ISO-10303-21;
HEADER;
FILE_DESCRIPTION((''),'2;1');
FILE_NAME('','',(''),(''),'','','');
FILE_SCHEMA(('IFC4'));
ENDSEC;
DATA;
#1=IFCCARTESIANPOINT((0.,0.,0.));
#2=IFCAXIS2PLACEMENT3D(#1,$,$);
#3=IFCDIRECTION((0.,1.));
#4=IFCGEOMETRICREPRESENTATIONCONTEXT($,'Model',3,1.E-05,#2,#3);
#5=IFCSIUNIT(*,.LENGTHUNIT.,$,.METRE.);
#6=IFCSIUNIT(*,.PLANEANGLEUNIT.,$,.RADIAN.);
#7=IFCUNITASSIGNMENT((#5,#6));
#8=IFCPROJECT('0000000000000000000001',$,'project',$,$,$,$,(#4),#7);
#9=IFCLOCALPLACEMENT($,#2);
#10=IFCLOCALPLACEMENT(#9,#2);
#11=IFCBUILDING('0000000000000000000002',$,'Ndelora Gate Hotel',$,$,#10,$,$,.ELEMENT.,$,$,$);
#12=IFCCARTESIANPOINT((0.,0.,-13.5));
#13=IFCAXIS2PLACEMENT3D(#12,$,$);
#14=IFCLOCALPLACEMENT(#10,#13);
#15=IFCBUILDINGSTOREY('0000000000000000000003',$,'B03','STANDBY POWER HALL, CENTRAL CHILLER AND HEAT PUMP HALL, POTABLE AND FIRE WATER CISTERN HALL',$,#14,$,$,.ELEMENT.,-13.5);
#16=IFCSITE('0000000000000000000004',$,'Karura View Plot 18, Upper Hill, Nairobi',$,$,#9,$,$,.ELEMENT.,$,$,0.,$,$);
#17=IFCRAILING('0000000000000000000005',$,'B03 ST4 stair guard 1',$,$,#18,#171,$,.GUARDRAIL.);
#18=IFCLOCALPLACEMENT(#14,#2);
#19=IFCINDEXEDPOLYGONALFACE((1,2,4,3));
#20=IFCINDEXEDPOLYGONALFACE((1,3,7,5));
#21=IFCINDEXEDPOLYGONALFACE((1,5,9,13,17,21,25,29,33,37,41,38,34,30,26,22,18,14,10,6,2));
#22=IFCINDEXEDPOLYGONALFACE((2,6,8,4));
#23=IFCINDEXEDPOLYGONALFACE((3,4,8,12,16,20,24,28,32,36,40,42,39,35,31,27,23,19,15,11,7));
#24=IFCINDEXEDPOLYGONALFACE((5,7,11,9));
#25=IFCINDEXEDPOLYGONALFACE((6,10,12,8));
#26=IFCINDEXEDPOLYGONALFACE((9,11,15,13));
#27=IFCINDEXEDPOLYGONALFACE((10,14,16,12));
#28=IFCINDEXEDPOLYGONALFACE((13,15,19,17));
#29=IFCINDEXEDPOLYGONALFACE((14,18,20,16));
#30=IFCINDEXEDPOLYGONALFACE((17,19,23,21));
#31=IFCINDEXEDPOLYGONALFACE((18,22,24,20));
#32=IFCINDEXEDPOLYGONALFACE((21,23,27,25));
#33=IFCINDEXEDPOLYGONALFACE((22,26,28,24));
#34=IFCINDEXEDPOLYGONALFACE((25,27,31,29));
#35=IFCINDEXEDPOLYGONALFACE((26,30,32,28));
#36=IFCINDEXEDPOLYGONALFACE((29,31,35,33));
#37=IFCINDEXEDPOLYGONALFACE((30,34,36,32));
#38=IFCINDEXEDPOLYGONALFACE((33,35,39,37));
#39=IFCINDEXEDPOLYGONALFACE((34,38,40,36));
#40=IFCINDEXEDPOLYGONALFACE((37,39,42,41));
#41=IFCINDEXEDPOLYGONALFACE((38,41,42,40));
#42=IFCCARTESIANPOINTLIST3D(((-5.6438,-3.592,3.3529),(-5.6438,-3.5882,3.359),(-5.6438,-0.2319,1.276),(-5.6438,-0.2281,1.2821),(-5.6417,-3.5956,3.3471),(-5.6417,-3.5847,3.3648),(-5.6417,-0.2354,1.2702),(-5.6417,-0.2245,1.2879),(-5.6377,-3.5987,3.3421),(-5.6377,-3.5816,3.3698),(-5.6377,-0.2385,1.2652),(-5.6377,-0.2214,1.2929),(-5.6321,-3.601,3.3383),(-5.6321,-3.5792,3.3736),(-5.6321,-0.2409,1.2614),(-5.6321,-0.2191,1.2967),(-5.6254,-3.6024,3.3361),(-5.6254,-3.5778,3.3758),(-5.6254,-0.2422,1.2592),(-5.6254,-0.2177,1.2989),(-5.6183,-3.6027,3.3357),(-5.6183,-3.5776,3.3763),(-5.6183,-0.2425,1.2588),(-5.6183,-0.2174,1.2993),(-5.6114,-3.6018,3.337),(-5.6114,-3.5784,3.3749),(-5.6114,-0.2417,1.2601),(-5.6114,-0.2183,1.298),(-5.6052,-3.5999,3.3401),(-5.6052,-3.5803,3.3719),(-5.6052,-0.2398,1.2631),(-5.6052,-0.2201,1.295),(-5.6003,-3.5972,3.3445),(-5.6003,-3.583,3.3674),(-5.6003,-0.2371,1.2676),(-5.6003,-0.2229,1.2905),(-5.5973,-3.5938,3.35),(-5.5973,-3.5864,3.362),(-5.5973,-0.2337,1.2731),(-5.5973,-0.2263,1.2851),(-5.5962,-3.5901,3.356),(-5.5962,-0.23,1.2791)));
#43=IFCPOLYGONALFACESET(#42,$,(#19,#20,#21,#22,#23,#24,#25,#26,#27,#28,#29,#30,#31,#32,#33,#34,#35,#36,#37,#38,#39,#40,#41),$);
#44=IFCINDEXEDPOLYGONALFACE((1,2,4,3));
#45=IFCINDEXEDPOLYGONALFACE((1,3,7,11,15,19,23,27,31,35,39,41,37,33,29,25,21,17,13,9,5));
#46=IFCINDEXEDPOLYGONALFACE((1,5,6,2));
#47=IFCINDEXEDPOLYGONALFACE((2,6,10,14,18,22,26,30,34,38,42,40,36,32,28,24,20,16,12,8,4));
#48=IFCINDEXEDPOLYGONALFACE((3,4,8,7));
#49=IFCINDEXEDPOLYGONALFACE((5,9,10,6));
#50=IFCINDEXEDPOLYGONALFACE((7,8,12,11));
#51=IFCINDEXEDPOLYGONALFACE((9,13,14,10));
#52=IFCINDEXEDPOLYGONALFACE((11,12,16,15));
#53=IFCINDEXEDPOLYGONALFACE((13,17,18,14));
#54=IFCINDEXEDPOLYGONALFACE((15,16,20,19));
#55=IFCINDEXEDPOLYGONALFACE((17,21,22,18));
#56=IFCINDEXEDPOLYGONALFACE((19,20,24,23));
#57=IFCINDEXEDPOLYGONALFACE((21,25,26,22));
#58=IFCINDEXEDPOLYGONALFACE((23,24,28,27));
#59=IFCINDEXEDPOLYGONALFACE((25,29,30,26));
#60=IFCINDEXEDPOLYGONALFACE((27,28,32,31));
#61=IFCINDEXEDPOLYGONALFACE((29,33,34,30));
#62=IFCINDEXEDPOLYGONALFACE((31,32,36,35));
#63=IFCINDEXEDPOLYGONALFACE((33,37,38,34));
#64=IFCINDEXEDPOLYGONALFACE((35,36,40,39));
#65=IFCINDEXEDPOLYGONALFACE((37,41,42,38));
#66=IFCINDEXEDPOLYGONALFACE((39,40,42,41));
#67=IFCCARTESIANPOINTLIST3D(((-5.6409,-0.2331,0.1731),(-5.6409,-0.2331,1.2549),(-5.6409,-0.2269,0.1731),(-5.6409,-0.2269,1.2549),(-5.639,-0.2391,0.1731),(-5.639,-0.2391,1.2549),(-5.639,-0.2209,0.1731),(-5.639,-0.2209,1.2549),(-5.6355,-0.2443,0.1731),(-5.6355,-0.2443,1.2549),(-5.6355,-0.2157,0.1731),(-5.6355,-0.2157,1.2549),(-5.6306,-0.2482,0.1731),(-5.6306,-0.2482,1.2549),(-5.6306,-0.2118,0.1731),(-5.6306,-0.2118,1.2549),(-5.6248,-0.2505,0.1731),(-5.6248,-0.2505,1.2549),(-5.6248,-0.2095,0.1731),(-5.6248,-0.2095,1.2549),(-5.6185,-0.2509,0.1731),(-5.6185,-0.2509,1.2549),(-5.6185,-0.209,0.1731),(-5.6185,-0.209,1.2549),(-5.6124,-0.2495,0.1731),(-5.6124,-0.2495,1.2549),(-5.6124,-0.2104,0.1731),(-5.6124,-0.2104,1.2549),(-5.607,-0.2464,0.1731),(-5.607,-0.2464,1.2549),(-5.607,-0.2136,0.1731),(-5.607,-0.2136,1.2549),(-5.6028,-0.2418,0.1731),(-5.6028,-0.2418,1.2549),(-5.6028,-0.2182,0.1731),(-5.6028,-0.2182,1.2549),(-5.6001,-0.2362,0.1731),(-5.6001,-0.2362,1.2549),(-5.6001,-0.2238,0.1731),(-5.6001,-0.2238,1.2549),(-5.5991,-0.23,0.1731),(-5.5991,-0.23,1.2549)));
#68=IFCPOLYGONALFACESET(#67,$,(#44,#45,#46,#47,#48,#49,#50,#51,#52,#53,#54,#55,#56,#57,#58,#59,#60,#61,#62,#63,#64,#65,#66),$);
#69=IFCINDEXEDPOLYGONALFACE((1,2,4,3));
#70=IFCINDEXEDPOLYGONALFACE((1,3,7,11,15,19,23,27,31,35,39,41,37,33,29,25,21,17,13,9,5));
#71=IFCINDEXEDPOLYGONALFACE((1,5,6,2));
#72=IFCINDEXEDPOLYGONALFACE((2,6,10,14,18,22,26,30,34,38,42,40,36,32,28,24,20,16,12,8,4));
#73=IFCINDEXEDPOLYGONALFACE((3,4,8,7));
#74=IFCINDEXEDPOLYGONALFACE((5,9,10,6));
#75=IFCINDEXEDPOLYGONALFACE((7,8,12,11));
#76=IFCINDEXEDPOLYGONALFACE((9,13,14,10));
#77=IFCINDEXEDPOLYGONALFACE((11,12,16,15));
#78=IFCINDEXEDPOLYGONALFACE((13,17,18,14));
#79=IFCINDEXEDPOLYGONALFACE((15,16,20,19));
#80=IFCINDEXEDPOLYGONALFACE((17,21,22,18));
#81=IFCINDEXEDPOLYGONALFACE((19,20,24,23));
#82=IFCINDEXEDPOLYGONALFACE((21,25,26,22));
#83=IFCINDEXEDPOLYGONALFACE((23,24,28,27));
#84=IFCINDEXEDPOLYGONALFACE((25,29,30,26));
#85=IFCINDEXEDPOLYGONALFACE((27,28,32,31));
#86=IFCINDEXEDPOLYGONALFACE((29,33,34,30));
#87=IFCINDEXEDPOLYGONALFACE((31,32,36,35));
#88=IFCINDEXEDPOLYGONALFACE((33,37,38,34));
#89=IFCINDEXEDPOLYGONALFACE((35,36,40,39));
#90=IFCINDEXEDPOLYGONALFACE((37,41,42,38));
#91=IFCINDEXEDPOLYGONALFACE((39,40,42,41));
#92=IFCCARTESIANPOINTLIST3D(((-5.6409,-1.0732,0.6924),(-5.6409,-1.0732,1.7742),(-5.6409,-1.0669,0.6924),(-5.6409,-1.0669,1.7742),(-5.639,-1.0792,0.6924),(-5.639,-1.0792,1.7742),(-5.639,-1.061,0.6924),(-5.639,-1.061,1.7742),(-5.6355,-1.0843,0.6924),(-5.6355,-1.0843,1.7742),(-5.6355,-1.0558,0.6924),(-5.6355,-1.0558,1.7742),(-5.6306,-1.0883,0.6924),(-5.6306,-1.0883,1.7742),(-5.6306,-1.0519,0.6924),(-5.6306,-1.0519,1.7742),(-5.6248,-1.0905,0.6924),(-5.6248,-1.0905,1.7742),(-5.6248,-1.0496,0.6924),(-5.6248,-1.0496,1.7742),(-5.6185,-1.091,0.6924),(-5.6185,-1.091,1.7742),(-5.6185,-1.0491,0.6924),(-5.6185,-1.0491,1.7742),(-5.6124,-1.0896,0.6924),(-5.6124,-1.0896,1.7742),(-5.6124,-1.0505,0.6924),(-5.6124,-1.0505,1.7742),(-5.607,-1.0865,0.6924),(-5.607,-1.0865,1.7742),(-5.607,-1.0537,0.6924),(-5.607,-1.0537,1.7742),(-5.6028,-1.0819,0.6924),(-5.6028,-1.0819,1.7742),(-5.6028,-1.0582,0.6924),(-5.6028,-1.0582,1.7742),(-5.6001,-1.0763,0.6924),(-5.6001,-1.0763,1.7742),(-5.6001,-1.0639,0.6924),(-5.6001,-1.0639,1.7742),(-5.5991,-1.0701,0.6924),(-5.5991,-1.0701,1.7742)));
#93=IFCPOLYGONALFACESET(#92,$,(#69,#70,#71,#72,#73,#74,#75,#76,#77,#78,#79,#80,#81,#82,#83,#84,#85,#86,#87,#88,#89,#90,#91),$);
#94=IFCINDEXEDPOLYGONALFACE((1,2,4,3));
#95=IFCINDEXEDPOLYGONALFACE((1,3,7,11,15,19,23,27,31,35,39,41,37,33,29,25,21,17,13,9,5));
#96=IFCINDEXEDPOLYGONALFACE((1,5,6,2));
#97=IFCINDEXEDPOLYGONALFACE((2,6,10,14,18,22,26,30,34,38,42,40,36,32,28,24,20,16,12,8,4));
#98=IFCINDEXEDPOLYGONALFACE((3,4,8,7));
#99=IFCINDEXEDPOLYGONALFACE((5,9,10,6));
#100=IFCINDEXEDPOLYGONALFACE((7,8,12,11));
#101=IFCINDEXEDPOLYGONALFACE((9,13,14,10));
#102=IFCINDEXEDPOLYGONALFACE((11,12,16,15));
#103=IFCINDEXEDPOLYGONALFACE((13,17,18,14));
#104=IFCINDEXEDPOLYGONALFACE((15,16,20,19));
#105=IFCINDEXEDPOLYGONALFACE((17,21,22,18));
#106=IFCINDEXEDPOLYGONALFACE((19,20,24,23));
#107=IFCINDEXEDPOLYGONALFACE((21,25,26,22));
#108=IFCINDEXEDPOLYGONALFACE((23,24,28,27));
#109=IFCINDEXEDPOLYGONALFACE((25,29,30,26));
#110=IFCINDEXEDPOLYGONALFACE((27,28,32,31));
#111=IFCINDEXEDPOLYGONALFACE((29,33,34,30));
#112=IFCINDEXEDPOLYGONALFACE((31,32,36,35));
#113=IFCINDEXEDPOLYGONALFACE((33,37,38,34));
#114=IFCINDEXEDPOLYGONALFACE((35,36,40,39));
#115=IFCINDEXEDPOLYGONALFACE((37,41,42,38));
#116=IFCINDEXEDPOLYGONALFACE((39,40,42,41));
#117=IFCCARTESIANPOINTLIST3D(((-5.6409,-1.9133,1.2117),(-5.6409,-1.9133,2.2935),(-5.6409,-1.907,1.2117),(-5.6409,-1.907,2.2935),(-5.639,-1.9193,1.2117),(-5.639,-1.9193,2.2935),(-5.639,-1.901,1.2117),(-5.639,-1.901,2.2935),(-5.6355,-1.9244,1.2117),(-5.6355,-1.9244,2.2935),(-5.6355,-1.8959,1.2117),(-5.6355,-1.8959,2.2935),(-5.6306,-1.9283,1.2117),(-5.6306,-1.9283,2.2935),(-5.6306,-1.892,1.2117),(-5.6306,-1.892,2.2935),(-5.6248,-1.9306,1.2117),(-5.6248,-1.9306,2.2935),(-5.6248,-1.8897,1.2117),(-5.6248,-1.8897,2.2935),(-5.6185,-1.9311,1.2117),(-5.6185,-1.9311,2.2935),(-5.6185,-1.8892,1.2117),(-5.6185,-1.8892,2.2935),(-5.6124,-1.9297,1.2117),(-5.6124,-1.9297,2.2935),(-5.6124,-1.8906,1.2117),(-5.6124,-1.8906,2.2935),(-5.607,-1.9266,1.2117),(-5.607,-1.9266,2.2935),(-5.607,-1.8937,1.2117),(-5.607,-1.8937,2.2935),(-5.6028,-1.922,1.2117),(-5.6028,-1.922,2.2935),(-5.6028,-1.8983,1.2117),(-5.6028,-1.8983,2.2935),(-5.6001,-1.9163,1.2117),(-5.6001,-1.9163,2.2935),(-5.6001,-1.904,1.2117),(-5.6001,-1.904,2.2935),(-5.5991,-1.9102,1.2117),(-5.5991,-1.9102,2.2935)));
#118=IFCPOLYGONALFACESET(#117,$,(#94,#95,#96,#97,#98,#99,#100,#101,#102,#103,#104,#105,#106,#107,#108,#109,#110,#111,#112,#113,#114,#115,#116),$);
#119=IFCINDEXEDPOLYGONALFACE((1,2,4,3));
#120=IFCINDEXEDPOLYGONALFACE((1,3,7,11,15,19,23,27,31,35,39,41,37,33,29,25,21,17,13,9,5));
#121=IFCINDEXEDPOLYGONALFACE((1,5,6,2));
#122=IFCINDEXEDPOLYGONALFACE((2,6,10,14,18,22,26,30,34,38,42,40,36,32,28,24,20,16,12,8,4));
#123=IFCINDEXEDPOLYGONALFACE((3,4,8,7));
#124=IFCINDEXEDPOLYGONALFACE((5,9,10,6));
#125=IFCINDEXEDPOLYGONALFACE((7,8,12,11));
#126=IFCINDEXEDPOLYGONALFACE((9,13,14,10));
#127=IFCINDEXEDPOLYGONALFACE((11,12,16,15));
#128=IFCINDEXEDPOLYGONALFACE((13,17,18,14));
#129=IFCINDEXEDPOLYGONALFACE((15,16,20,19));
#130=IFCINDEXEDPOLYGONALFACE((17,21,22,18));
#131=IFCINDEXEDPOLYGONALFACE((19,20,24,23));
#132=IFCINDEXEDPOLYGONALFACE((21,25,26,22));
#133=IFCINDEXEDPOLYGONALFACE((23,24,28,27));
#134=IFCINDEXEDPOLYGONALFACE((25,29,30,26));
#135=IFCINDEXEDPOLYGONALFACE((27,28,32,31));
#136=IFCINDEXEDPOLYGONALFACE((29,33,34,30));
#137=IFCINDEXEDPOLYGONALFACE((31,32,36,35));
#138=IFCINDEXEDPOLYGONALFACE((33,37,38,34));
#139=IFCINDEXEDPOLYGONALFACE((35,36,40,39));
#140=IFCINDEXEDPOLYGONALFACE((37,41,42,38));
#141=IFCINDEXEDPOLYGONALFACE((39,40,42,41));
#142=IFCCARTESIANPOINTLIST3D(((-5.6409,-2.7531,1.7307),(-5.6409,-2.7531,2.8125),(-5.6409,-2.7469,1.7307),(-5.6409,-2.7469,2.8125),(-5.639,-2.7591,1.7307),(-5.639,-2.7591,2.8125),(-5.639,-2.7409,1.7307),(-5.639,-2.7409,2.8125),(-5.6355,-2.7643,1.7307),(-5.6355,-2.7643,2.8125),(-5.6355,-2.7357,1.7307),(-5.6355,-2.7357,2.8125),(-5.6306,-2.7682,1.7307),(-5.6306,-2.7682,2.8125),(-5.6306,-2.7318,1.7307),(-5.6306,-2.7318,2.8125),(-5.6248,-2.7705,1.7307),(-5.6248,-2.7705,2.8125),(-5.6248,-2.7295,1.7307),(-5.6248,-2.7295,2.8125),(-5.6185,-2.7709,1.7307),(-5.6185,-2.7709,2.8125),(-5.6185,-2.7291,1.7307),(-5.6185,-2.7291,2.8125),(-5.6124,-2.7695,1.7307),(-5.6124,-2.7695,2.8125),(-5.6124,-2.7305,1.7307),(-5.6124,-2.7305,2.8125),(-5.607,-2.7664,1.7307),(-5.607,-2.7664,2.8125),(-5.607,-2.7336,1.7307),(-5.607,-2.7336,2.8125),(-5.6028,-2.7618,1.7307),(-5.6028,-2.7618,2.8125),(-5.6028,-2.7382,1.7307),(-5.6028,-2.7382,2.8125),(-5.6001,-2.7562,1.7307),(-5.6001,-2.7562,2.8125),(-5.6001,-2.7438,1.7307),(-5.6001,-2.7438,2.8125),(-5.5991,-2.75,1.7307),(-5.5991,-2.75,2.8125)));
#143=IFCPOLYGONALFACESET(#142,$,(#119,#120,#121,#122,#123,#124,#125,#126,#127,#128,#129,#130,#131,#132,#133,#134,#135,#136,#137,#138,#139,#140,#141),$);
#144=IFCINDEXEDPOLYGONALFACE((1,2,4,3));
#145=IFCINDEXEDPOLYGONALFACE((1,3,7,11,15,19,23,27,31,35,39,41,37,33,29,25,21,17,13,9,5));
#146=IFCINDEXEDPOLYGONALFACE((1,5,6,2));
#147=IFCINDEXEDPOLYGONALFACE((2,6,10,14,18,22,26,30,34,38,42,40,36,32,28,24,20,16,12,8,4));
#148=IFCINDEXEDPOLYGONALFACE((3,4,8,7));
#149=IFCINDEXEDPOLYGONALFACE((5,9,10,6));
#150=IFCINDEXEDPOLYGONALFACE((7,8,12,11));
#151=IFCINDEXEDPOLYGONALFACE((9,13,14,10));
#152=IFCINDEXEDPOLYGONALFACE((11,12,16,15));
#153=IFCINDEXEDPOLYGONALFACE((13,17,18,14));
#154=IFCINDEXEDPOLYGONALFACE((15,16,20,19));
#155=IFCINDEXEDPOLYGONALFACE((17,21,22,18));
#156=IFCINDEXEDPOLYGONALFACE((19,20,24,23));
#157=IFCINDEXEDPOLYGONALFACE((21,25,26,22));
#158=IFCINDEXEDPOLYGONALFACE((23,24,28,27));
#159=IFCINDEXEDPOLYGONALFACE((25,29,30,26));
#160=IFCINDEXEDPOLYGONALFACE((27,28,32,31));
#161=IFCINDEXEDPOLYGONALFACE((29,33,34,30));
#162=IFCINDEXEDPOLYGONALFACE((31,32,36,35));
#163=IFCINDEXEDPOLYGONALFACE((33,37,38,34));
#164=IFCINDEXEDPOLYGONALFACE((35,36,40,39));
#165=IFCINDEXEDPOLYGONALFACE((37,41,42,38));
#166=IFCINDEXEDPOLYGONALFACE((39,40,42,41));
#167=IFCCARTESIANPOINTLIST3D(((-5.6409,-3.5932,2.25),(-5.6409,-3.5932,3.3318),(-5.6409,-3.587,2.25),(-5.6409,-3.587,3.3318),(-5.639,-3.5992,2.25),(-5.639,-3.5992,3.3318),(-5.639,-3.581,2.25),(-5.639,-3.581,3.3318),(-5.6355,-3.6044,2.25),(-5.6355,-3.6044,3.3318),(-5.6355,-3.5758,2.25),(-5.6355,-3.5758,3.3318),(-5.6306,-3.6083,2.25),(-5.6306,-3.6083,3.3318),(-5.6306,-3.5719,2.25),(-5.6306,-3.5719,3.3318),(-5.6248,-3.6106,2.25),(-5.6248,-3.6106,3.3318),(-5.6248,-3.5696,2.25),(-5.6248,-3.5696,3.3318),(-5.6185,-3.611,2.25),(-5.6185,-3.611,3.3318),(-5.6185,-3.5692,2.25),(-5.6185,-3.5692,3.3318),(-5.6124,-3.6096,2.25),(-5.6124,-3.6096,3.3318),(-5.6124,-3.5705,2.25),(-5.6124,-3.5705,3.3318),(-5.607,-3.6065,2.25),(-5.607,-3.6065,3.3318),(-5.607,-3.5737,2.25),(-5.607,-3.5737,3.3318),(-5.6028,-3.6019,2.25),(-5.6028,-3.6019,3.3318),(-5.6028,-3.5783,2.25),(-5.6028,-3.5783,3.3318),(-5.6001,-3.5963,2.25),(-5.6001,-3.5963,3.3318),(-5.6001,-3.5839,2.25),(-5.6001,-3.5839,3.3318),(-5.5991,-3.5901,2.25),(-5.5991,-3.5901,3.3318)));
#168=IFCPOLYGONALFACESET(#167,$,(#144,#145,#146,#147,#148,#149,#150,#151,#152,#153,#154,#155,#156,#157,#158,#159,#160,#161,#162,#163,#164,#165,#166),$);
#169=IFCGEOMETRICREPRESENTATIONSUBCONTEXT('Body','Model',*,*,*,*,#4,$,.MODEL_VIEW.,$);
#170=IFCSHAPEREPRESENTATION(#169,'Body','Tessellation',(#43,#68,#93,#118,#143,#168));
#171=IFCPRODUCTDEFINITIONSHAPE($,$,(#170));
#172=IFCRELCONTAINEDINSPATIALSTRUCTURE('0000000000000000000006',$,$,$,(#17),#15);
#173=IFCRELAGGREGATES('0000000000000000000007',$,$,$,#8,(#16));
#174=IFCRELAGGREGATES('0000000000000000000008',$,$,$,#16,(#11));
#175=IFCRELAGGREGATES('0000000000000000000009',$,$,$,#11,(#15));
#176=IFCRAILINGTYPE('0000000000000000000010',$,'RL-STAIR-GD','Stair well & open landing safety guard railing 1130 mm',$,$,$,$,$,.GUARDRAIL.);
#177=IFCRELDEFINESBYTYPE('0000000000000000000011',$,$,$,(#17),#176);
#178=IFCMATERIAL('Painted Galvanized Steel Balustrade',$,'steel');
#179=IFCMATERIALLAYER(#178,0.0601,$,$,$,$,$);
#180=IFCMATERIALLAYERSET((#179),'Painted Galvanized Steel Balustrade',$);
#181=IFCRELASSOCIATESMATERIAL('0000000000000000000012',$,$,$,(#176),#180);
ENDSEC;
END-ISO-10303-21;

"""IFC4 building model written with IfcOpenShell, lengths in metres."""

from ifc_helpers import new_model, si_unit, direction, frame, origin, origin_2d, place, context, subcontext, project, spatial, circle, extrude, material, layer, layer_set, type_object, element, save


model = new_model("IFC4")

# Units and contexts
model_context = context("Model", 3, precision=1e-05, world=origin(), true_north=direction((0.0, 1.0)))
body_context = subcontext(model_context, "Body", "Model", "MODEL_VIEW")
ifc_project = project(units=[si_unit("LENGTHUNIT", "METRE"), si_unit("PLANEANGLEUNIT", "RADIAN")], contexts=[model_context])

# Site, building, storey
site_placement = place(None, origin())
site = spatial("IfcSite", under=ifc_project, at=site_placement, Name="Karura View Plot 18, Upper Hill, Nairobi", CompositionType="ELEMENT", RefElevation=0.0)
building_placement = place(site_placement, origin())
building = spatial("IfcBuilding", under=site, at=building_placement, Name="Ndelora Gate Hotel", CompositionType="ELEMENT")
storey_placement = place(building_placement, frame((0.0, 0.0, -13.5)))
storey = spatial("IfcBuildingStorey", under=building, at=storey_placement, Name="B03", Description="STANDBY POWER HALL, CENTRAL CHILLER AND HEAT PUMP HALL, POTABLE AND FIRE WATER CISTERN HALL", CompositionType="ELEMENT", Elevation=-13.5)

# Railing
ifc_material_1 = material(Name="Painted Galvanized Steel Balustrade", Category="steel")
ifc_layer_1 = layer(ifc_material_1, 0.0601)
ifc_layer_set_1 = layer_set([ifc_layer_1], Name="Painted Galvanized Steel Balustrade")
railing_type_1 = type_object("IfcRailingType", Name="RL-STAIR-GD", Description="Stair well & open landing safety guard railing 1130 mm", PredefinedType="GUARDRAIL", material=ifc_layer_set_1)
railing_1_placement = place(storey_placement, frame((-5.6201, -0.23, 0.1731)))
element("IfcRailing", 1, at=railing_1_placement, inside=storey, type_object=railing_type_1, Name="B03 ST4 stair guard 1", PredefinedType="GUARDRAIL", context=body_context, shape_type="SweptSolid", body=[
    extrude(circle(Radius=0.0239, at=origin_2d()), frame((0.0, 0.0, 1.106), z_axis=(0.0, -0.850623, 0.525776), x_axis=(1.0, 0.0, 0.0)), (0.0, 0.0, 1.0), 3.9502),
    extrude(circle(Radius=0.021, at=origin_2d()), origin(), (0.0, 0.0, 1.0), 1.0818),
    extrude(circle(Radius=0.021, at=origin_2d()), frame((0.0, -0.8401, 0.5193)), (0.0, 0.0, 1.0), 1.0818),
    extrude(circle(Radius=0.021, at=origin_2d()), frame((0.0, -1.6802, 1.0386)), (0.0, 0.0, 1.0), 1.0818),
    extrude(circle(Radius=0.021, at=origin_2d()), frame((0.0, -2.52, 1.5576)), (0.0, 0.0, 1.0), 1.0818),
    extrude(circle(Radius=0.021, at=origin_2d()), frame((0.0, -3.3601, 2.0769)), (0.0, 0.0, 1.0), 1.0818),
])

save(model, "model.ifc")
